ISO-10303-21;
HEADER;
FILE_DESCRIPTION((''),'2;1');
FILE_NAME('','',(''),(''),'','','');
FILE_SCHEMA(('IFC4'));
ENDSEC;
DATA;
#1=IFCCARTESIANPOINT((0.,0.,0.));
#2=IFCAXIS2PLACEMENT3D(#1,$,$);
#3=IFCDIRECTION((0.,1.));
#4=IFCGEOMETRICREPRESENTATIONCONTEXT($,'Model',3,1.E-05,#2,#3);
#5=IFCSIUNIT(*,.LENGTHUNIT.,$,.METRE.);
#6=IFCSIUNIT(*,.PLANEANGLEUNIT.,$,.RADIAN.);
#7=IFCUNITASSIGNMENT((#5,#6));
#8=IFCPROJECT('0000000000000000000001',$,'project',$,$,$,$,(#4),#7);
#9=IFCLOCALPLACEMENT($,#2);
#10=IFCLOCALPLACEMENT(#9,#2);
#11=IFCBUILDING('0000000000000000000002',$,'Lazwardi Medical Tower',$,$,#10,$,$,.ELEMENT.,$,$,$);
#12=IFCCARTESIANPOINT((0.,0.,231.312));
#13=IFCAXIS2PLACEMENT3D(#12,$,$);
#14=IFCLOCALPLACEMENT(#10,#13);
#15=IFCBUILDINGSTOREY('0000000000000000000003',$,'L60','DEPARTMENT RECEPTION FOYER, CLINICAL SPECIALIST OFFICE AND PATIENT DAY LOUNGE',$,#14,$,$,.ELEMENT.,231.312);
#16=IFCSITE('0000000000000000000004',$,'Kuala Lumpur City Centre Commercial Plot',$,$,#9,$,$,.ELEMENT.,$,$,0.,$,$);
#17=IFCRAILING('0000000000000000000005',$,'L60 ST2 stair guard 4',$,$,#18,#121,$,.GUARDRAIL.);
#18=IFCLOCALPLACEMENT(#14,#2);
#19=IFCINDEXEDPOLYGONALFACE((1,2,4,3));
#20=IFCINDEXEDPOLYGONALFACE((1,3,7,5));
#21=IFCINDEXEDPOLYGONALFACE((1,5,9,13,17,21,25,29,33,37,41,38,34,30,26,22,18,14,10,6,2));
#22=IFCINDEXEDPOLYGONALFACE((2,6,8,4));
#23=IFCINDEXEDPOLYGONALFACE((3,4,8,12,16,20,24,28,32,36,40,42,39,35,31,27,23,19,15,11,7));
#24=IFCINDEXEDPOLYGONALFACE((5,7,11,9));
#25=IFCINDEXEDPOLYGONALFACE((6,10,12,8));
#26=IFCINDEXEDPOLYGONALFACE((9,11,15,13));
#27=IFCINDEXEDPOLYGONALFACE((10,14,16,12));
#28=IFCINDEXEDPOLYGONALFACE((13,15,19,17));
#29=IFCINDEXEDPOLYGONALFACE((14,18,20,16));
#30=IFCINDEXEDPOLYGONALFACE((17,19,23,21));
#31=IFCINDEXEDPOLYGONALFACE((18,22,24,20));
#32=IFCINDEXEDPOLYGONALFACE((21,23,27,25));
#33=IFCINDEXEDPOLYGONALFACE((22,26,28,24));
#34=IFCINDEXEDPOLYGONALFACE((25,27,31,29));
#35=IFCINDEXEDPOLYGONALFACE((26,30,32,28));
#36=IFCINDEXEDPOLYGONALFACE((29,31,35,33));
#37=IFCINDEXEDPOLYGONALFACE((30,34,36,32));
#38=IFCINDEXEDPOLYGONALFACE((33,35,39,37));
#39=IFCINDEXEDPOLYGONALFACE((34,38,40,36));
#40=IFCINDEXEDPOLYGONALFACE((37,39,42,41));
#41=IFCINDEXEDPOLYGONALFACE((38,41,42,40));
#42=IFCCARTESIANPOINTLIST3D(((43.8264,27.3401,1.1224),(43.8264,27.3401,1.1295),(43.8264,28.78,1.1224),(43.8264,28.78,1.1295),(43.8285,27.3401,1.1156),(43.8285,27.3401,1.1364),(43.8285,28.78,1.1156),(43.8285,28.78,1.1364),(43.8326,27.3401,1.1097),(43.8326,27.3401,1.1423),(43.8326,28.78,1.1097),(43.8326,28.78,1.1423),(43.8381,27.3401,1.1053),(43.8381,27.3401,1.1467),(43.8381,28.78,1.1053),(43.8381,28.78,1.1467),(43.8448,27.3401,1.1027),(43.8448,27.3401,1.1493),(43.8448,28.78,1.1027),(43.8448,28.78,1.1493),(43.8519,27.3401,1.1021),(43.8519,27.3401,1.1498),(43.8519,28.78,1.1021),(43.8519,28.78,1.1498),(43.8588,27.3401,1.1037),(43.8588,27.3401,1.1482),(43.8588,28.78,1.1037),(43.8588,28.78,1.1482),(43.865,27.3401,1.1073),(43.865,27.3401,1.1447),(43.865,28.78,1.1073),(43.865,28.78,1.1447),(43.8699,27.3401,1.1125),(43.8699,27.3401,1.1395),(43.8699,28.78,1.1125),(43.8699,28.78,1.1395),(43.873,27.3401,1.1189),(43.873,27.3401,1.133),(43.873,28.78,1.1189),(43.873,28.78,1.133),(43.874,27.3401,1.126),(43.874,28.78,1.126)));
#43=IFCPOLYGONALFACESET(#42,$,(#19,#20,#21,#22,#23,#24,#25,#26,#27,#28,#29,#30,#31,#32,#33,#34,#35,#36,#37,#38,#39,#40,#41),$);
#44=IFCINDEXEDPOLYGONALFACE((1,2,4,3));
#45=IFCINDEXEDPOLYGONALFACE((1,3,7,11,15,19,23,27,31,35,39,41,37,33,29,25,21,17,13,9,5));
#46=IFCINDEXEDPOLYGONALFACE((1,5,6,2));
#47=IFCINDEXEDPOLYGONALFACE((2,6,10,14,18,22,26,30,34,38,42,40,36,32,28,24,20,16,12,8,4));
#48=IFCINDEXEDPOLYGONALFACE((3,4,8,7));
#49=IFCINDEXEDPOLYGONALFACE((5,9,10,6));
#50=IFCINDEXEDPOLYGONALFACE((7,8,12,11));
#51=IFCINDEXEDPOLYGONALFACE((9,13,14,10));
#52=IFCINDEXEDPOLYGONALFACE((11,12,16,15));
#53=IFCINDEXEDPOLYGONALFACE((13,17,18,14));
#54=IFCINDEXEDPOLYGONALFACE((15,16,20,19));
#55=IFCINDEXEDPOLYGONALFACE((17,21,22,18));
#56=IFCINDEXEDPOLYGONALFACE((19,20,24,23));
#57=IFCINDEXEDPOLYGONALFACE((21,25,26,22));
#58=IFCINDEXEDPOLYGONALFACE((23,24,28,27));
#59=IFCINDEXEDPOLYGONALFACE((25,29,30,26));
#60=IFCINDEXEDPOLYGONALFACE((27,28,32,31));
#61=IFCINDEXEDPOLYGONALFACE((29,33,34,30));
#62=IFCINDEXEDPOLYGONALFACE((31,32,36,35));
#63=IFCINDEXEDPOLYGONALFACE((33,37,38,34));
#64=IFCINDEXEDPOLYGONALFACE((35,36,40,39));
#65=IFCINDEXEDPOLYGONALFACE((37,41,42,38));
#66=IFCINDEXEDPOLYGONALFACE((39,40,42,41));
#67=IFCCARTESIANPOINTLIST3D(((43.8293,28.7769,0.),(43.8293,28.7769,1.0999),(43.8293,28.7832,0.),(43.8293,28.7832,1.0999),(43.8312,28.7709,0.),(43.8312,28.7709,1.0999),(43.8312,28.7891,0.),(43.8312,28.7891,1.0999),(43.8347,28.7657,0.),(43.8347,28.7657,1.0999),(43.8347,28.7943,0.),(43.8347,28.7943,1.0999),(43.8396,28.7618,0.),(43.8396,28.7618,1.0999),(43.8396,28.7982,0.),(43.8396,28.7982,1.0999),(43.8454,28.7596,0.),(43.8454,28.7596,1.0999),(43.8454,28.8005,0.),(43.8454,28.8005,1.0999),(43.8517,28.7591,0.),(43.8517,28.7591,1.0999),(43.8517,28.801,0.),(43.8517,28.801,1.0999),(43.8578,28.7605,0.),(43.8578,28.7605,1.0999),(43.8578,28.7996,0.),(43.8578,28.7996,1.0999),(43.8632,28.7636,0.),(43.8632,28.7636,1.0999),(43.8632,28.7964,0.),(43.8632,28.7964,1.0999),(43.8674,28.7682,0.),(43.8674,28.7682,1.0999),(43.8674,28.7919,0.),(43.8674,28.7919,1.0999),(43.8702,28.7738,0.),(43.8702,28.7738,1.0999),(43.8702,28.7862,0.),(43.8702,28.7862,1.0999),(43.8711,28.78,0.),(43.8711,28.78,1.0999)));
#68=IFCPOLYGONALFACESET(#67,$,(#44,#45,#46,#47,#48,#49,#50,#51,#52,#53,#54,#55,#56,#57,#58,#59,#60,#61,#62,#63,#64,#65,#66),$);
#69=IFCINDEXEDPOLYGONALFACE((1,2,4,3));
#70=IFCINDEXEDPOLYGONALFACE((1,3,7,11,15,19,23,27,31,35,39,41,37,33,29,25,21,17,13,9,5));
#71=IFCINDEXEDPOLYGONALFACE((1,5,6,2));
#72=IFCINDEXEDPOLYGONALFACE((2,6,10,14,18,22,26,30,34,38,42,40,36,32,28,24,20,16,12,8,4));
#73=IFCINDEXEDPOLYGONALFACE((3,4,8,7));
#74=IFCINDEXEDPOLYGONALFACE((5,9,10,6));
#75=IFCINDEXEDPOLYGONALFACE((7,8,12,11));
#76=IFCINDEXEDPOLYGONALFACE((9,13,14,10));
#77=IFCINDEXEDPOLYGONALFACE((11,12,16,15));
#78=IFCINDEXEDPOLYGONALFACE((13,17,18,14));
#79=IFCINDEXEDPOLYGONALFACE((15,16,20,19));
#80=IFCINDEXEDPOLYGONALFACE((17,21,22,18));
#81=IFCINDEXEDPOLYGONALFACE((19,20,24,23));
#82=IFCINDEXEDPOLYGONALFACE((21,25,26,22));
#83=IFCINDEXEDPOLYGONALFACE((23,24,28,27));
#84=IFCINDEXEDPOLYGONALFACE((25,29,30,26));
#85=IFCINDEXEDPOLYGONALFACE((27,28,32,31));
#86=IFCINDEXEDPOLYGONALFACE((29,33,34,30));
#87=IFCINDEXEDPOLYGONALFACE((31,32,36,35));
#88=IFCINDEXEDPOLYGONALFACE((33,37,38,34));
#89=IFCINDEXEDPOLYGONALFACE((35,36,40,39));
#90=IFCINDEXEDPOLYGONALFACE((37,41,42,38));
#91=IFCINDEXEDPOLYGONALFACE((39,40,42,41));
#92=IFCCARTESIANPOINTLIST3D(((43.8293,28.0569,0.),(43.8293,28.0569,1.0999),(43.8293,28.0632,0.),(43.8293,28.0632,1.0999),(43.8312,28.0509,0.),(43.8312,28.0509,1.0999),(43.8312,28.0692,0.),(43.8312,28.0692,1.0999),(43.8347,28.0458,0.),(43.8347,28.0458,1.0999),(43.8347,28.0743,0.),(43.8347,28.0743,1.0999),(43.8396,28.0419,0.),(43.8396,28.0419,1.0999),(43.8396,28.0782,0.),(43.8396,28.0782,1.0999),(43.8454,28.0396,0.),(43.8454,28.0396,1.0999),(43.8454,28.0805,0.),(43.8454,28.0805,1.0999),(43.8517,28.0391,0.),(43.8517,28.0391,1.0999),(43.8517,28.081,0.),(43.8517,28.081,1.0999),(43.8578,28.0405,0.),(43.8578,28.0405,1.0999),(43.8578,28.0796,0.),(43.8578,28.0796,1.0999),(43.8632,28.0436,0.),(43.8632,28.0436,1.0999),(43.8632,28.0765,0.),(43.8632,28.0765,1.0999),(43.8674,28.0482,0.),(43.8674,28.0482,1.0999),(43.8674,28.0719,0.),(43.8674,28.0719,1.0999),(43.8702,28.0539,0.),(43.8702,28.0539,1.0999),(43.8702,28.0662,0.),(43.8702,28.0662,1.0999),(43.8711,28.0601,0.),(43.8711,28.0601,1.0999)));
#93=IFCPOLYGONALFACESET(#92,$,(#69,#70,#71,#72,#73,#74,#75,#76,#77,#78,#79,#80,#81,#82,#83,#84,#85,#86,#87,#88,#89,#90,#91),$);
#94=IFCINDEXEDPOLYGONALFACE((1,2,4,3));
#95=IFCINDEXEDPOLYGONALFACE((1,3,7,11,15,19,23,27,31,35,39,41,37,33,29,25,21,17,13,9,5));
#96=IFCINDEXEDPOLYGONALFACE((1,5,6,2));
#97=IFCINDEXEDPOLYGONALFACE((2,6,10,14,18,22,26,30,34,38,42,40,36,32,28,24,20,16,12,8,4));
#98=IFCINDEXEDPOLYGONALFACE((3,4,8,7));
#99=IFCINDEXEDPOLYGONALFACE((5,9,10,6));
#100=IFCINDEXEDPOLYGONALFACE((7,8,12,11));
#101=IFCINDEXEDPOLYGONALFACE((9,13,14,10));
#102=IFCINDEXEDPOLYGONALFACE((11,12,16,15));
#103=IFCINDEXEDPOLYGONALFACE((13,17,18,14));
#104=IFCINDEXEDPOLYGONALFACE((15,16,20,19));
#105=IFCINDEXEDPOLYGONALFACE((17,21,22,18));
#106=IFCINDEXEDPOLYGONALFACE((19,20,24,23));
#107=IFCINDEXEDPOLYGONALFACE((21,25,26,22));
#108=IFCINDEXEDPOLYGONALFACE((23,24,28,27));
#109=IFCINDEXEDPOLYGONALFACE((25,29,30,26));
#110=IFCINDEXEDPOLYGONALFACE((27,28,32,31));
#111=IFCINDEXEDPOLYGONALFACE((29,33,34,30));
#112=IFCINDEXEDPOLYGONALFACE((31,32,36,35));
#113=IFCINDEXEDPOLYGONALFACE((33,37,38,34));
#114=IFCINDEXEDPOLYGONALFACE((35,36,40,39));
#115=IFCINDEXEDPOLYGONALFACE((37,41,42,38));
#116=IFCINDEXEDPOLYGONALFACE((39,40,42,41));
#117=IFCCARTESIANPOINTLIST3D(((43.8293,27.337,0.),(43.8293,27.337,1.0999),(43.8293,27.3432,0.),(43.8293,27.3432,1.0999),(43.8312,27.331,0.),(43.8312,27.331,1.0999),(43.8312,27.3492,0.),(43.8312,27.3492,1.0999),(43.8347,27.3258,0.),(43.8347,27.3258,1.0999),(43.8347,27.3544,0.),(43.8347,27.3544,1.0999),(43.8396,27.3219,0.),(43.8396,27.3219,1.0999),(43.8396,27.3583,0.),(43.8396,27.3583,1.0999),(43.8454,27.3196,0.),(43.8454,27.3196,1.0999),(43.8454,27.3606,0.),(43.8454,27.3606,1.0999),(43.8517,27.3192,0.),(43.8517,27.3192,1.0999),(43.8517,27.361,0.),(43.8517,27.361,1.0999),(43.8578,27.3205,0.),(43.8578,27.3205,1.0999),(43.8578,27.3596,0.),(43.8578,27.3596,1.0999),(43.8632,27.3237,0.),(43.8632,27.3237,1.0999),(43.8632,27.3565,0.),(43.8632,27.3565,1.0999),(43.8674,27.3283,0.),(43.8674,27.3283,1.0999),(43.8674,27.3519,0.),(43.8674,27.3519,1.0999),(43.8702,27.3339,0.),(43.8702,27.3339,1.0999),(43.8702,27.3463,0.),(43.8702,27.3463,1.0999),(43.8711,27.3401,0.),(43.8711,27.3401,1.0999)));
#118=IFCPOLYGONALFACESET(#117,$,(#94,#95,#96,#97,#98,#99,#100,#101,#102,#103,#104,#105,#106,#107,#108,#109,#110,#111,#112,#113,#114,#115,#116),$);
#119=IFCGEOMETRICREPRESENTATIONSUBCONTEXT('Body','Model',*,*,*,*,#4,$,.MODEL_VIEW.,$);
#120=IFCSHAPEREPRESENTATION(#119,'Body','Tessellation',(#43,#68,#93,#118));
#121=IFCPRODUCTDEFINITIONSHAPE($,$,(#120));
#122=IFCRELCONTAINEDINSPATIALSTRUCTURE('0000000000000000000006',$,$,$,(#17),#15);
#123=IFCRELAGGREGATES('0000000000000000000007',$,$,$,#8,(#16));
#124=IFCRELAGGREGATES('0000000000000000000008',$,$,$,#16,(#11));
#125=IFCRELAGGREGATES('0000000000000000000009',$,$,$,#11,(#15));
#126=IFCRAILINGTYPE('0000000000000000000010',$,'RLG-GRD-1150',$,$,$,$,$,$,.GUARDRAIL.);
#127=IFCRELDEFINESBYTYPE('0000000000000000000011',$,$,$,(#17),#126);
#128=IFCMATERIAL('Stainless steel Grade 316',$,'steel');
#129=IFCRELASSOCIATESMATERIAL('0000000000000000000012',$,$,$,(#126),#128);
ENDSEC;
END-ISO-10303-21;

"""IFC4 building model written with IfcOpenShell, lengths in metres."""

from ifc_helpers import new_model, si_unit, direction, frame, origin, origin_2d, place, context, subcontext, project, spatial, circle, extrude, material, type_object, element, save


model = new_model("IFC4")

# Units and contexts
model_context = context("Model", 3, precision=1e-05, world=origin(), true_north=direction((0.0, 1.0)))
body_context = subcontext(model_context, "Body", "Model", "MODEL_VIEW")
ifc_project = project(units=[si_unit("LENGTHUNIT", "METRE"), si_unit("PLANEANGLEUNIT", "RADIAN")], contexts=[model_context])

# Site, building, storey
site_placement = place(None, origin())
site = spatial("IfcSite", under=ifc_project, at=site_placement, Name="Kuala Lumpur City Centre Commercial Plot", CompositionType="ELEMENT", RefElevation=0.0)
building_placement = place(site_placement, origin())
building = spatial("IfcBuilding", under=site, at=building_placement, Name="Lazwardi Medical Tower", CompositionType="ELEMENT")
storey_placement = place(building_placement, frame((0.0, 0.0, 231.312)))
storey = spatial("IfcBuildingStorey", under=building, at=storey_placement, Name="L60", Description="DEPARTMENT RECEPTION FOYER, CLINICAL SPECIALIST OFFICE AND PATIENT DAY LOUNGE", CompositionType="ELEMENT", Elevation=231.312)

# Railing
ifc_material_1 = material(Name="Stainless steel Grade 316", Category="steel")
railing_type_1 = type_object("IfcRailingType", Name="RLG-GRD-1150", PredefinedType="GUARDRAIL", material=ifc_material_1)
railing_1_placement = place(storey_placement, frame((43.8501, 28.78, 0.0)))
element("IfcRailing", 1, at=railing_1_placement, inside=storey, type_object=railing_type_1, Name="L60 ST2 stair guard 4", PredefinedType="GUARDRAIL", context=body_context, shape_type="SweptSolid", body=[
    extrude(circle(Radius=0.0239, at=origin_2d()), frame((0.0, 0.0, 1.126), z_axis=(0.0, -1.0, 0.0), x_axis=(1.0, 0.0, 0.0)), (0.0, 0.0, 1.0), 1.4399),
    extrude(circle(Radius=0.021, at=origin_2d()), origin(), (0.0, 0.0, 1.0), 1.0999),
    extrude(circle(Radius=0.021, at=origin_2d()), frame((0.0, -0.72, 0.0)), (0.0, 0.0, 1.0), 1.0999),
    extrude(circle(Radius=0.021, at=origin_2d()), frame((0.0, -1.4399, 0.0)), (0.0, 0.0, 1.0), 1.0999),
])

save(model, "model.ifc")
